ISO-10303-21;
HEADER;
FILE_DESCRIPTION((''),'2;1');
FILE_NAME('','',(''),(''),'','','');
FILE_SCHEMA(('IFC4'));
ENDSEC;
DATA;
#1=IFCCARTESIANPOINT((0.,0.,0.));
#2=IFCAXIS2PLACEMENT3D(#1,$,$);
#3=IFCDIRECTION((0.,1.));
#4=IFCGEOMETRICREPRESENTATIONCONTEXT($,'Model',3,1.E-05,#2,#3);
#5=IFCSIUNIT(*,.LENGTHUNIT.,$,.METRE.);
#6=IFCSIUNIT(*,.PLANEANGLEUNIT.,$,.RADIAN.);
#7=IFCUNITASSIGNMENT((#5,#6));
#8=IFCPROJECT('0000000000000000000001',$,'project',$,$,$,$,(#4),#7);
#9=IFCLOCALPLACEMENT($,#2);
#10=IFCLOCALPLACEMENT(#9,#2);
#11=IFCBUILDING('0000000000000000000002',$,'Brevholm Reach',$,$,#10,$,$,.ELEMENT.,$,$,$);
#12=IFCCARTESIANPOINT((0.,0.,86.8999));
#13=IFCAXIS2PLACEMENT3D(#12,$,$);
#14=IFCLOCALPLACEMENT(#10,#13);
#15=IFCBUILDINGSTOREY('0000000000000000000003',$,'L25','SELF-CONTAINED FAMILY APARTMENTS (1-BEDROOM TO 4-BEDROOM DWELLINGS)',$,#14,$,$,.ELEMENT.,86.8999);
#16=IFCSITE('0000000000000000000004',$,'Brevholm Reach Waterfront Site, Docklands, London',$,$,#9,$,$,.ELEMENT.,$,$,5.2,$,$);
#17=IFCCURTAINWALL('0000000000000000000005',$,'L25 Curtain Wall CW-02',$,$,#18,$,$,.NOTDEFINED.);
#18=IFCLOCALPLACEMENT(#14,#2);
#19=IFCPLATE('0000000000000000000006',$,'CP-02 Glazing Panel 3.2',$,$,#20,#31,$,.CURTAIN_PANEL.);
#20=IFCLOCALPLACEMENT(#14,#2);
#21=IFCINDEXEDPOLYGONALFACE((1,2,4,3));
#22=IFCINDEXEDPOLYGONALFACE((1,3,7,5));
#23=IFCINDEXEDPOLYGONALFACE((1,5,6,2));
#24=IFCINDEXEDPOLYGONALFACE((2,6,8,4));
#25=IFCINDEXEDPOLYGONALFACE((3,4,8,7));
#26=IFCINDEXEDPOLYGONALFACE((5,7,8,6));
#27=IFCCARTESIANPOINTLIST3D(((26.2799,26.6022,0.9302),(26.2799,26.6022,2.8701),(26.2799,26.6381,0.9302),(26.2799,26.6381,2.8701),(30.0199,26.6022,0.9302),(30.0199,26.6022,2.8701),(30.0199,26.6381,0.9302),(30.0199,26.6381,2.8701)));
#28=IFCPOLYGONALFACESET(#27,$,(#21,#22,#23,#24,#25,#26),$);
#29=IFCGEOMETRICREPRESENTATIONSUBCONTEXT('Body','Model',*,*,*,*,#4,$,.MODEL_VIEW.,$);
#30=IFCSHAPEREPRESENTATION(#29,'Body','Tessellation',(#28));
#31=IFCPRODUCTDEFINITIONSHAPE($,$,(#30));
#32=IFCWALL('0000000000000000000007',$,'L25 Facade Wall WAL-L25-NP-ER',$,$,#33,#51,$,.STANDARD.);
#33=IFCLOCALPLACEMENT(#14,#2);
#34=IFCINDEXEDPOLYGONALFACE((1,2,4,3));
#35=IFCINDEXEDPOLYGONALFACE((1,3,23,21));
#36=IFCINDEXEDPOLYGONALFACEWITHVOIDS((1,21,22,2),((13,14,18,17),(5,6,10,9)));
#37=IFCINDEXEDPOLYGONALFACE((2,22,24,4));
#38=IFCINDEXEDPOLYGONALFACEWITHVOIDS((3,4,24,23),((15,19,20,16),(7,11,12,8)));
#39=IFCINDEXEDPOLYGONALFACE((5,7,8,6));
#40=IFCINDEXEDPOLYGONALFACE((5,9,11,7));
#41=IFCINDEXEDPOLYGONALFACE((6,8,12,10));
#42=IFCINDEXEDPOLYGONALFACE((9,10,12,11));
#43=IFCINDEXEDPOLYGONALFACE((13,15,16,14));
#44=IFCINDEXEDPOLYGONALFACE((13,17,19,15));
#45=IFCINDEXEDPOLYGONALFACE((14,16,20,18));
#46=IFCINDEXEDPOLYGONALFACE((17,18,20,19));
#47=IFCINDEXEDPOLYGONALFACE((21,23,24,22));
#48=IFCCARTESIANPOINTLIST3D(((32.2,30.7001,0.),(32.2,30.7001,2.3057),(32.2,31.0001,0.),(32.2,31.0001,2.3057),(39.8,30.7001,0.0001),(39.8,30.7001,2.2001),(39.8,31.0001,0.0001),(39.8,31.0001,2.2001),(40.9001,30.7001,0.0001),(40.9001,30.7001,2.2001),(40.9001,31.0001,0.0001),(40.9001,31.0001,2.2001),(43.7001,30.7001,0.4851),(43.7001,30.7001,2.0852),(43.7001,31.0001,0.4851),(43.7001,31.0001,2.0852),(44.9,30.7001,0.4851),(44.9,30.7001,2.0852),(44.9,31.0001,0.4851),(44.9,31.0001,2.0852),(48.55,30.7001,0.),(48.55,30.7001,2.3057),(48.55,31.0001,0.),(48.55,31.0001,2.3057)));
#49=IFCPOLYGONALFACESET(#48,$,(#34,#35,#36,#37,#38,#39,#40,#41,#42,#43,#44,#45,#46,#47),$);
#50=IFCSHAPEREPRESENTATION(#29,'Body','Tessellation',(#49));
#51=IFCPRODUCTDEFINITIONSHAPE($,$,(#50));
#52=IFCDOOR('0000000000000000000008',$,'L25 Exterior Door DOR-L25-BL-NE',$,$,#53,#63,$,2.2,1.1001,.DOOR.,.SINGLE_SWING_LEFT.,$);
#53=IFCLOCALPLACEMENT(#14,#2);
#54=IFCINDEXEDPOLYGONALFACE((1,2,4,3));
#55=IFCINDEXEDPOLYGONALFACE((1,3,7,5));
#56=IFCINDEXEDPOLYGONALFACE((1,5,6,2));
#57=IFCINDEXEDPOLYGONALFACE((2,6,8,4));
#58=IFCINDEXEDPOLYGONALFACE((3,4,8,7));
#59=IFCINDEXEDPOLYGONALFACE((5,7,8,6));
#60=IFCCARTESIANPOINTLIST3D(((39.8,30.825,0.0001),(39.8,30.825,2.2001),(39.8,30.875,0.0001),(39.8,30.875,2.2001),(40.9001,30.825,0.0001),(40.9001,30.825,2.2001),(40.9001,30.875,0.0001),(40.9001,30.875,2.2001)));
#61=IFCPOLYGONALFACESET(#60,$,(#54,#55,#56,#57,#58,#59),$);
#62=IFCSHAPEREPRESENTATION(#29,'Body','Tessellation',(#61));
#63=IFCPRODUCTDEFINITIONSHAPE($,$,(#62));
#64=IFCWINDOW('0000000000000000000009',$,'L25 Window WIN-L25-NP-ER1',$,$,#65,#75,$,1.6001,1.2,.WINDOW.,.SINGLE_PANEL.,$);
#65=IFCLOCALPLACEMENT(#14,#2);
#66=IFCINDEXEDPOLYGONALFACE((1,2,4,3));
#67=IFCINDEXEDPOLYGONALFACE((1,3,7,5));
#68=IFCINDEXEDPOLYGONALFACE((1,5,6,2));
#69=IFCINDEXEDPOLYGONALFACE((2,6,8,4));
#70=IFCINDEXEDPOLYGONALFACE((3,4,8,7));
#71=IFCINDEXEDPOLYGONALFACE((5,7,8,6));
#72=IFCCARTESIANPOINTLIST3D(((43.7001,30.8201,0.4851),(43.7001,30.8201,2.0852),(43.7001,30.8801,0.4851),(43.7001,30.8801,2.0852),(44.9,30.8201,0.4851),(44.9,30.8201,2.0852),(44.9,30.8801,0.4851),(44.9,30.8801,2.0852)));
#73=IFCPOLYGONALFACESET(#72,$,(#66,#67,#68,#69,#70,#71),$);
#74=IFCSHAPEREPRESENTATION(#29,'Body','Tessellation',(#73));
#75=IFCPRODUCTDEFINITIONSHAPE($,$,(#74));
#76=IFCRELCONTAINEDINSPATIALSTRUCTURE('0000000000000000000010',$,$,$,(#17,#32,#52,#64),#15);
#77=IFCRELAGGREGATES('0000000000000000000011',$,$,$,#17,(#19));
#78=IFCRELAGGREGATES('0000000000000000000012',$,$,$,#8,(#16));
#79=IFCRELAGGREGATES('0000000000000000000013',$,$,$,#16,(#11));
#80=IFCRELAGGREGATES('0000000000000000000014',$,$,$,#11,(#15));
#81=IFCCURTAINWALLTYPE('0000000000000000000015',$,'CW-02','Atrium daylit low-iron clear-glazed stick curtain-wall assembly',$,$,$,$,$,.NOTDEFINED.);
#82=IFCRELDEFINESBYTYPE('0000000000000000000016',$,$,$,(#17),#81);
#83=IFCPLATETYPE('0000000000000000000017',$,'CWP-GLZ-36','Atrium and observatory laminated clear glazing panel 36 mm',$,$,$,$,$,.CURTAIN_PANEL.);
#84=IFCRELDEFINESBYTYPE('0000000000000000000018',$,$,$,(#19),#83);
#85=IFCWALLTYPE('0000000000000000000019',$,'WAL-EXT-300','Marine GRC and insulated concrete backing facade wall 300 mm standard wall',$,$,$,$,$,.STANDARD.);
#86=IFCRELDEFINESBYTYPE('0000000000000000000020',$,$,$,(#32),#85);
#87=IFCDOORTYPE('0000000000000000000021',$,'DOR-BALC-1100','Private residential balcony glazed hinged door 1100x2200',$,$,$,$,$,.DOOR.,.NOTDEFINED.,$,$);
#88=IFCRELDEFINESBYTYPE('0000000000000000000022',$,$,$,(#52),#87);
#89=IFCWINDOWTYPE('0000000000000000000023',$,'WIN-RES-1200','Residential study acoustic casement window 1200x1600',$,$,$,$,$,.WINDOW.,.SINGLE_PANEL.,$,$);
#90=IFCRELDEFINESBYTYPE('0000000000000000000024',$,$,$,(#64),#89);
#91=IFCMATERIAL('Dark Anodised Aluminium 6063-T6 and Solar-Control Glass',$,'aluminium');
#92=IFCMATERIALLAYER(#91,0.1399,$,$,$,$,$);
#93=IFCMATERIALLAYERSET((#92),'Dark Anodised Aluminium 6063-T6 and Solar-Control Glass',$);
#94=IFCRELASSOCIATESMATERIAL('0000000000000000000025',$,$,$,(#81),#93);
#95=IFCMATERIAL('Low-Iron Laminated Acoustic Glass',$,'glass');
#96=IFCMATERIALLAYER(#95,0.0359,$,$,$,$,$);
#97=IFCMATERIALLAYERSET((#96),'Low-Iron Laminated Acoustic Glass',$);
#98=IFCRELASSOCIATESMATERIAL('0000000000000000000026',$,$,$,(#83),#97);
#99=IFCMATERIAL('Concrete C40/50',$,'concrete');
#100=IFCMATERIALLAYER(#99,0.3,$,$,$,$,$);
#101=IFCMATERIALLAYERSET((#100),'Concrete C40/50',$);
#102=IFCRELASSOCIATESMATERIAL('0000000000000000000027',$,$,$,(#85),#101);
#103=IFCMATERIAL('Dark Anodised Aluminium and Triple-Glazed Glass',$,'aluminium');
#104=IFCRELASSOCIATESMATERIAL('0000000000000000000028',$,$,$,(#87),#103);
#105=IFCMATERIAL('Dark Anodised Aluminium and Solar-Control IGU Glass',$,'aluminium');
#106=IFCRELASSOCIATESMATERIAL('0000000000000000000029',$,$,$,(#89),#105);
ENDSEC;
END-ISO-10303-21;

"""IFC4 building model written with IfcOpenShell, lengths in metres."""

from ifc_helpers import new_model, si_unit, direction, frame, frame_2d, origin, origin_2d, place, context, subcontext, project, spatial, rectangle, extrude, material, layer, layer_set, type_object, element, fill, aggregate, save


model = new_model("IFC4")

# Units and contexts
model_context = context("Model", 3, precision=1e-05, world=origin(), true_north=direction((0.0, 1.0)))
body_context = subcontext(model_context, "Body", "Model", "MODEL_VIEW")
ifc_project = project(units=[si_unit("LENGTHUNIT", "METRE"), si_unit("PLANEANGLEUNIT", "RADIAN")], contexts=[model_context])

# Site, building, storey
site_placement = place(None, origin())
site = spatial("IfcSite", under=ifc_project, at=site_placement, Name="Brevholm Reach Waterfront Site, Docklands, London", CompositionType="ELEMENT", RefElevation=5.2)
building_placement = place(site_placement, origin())
building = spatial("IfcBuilding", under=site, at=building_placement, Name="Brevholm Reach", CompositionType="ELEMENT")
storey_placement = place(building_placement, frame((0.0, 0.0, 86.8999)))
storey = spatial("IfcBuildingStorey", under=building, at=storey_placement, Name="L25", Description="SELF-CONTAINED FAMILY APARTMENTS (1-BEDROOM TO 4-BEDROOM DWELLINGS)", CompositionType="ELEMENT", Elevation=86.8999)

# Curtain wall
ifc_material_1 = material(Name="Dark Anodised Aluminium 6063-T6 and Solar-Control Glass", Category="aluminium")
ifc_layer_1 = layer(ifc_material_1, 0.1399)
ifc_layer_set_1 = layer_set([ifc_layer_1], Name="Dark Anodised Aluminium 6063-T6 and Solar-Control Glass")
curtain_wall_type_1 = type_object("IfcCurtainWallType", Name="CW-02", Description="Atrium daylit low-iron clear-glazed stick curtain-wall assembly", PredefinedType="NOTDEFINED", material=ifc_layer_set_1)
curtain_wall_1_placement = place(storey_placement, origin())
curtain_wall_1 = element("IfcCurtainWall", 1, at=curtain_wall_1_placement, inside=storey, type_object=curtain_wall_type_1, Name="L25 Curtain Wall CW-02", PredefinedType="NOTDEFINED")

# Plate
ifc_material_2 = material(Name="Low-Iron Laminated Acoustic Glass", Category="glass")
ifc_layer_2 = layer(ifc_material_2, 0.0359)
ifc_layer_set_2 = layer_set([ifc_layer_2], Name="Low-Iron Laminated Acoustic Glass")
plate_type_1 = type_object("IfcPlateType", Name="CWP-GLZ-36", Description="Atrium and observatory laminated clear glazing panel 36 mm", PredefinedType="CURTAIN_PANEL", material=ifc_layer_set_2)
plate_1_placement = place(storey_placement, frame((28.1499, 26.6201, 0.9302), z_axis=(0.0, 0.0, 1.0), x_axis=(-1.0, 0.0, 0.0)))
plate_1 = element("IfcPlate", 2, at=plate_1_placement, type_object=plate_type_1, Name="CP-02 Glazing Panel 3.2", PredefinedType="CURTAIN_PANEL", context=body_context, shape_type="SweptSolid", body=[
    extrude(rectangle(XDim=3.74, YDim=0.0359, at=origin_2d()), origin(), (0.0, 0.0, 1.0), 1.9399),
])
aggregate(curtain_wall_1, [plate_1])

# Wall, openings, door, window
ifc_material_3 = material(Name="Concrete C40/50", Category="concrete")
ifc_layer_3 = layer(ifc_material_3, 0.3)
ifc_layer_set_3 = layer_set([ifc_layer_3], Name="Concrete C40/50")
wall_type = type_object("IfcWallType", Name="WAL-EXT-300", Description="Marine GRC and insulated concrete backing facade wall 300 mm standard wall", PredefinedType="STANDARD", material=ifc_layer_set_3)
wall_placement = place(storey_placement, frame((32.2, 30.8501, 0.0), z_axis=(0.0, 0.0, 1.0), x_axis=(1.0, 0.0, 0.0)))
wall = element("IfcWall", 3, at=wall_placement, inside=storey, type_object=wall_type, Name="L25 Facade Wall WAL-L25-NP-ER", PredefinedType="STANDARD", context=body_context, shape_type="SweptSolid", body=[
    extrude(rectangle(XDim=16.3501, YDim=0.3, at=frame_2d((8.175, 0.0))), origin(), (0.0, 0.0, 1.0), 2.3057),
])
opening_1_placement = place(wall_placement, frame((7.6001, 0.0, 0.0)))
opening_1 = element("IfcOpeningElement", 4, at=opening_1_placement, cuts=wall, PredefinedType="OPENING", context=body_context, shape_type="SweptSolid", body=[
    extrude(rectangle(XDim=1.1001, YDim=2.2, at=frame_2d((0.55, 1.1001))), frame((0.0, 0.1599, 0.0), z_axis=(0.0, -1.0, 0.0), x_axis=(1.0, 0.0, 0.0)), (0.0, 0.0, 1.0), 0.3201),
])
opening_2_placement = place(wall_placement, frame((11.5, 0.0, 0.4851)))
opening_2 = element("IfcOpeningElement", 5, at=opening_2_placement, cuts=wall, PredefinedType="OPENING", context=body_context, shape_type="SweptSolid", body=[
    extrude(rectangle(XDim=1.2, YDim=1.6001, at=frame_2d((0.6001, 0.8))), frame((0.0, 0.1599, 0.0), z_axis=(0.0, -1.0, 0.0), x_axis=(1.0, 0.0, 0.0)), (0.0, 0.0, 1.0), 0.3201),
])
ifc_material_4 = material(Name="Dark Anodised Aluminium and Triple-Glazed Glass", Category="aluminium")
door_type = type_object("IfcDoorType", Name="DOR-BALC-1100", Description="Private residential balcony glazed hinged door 1100x2200", OperationType="NOTDEFINED", PredefinedType="DOOR", material=ifc_material_4)
door_placement = place(opening_1_placement, origin())
door = element("IfcDoor", 6, at=door_placement, inside=storey, type_object=door_type, Name="L25 Exterior Door DOR-L25-BL-NE", OperationType="SINGLE_SWING_LEFT", OverallHeight=2.2, OverallWidth=1.1001, PredefinedType="DOOR", context=body_context, shape_type="SweptSolid", body=[
    extrude(rectangle(XDim=1.1001, YDim=2.2, at=frame_2d((0.55, 1.1001))), frame((0.0, 0.0249, 0.0), z_axis=(0.0, -1.0, 0.0), x_axis=(1.0, 0.0, 0.0)), (0.0, 0.0, 1.0), 0.05),
])
fill(opening_1, door)
ifc_material_5 = material(Name="Dark Anodised Aluminium and Solar-Control IGU Glass", Category="aluminium")
window_type = type_object("IfcWindowType", Name="WIN-RES-1200", Description="Residential study acoustic casement window 1200x1600", PartitioningType="SINGLE_PANEL", PredefinedType="WINDOW", material=ifc_material_5)
window_placement = place(opening_2_placement, origin())
window = element("IfcWindow", 7, at=window_placement, inside=storey, type_object=window_type, Name="L25 Window WIN-L25-NP-ER1", OverallHeight=1.6001, OverallWidth=1.2, PartitioningType="SINGLE_PANEL", PredefinedType="WINDOW", context=body_context, shape_type="SweptSolid", body=[
    extrude(rectangle(XDim=1.2, YDim=1.6001, at=frame_2d((0.6001, 0.8))), frame((0.0, 0.03, 0.0), z_axis=(0.0, -1.0, 0.0), x_axis=(1.0, 0.0, 0.0)), (0.0, 0.0, 1.0), 0.0601),
])
fill(opening_2, window)

save(model, "model.ifc")
